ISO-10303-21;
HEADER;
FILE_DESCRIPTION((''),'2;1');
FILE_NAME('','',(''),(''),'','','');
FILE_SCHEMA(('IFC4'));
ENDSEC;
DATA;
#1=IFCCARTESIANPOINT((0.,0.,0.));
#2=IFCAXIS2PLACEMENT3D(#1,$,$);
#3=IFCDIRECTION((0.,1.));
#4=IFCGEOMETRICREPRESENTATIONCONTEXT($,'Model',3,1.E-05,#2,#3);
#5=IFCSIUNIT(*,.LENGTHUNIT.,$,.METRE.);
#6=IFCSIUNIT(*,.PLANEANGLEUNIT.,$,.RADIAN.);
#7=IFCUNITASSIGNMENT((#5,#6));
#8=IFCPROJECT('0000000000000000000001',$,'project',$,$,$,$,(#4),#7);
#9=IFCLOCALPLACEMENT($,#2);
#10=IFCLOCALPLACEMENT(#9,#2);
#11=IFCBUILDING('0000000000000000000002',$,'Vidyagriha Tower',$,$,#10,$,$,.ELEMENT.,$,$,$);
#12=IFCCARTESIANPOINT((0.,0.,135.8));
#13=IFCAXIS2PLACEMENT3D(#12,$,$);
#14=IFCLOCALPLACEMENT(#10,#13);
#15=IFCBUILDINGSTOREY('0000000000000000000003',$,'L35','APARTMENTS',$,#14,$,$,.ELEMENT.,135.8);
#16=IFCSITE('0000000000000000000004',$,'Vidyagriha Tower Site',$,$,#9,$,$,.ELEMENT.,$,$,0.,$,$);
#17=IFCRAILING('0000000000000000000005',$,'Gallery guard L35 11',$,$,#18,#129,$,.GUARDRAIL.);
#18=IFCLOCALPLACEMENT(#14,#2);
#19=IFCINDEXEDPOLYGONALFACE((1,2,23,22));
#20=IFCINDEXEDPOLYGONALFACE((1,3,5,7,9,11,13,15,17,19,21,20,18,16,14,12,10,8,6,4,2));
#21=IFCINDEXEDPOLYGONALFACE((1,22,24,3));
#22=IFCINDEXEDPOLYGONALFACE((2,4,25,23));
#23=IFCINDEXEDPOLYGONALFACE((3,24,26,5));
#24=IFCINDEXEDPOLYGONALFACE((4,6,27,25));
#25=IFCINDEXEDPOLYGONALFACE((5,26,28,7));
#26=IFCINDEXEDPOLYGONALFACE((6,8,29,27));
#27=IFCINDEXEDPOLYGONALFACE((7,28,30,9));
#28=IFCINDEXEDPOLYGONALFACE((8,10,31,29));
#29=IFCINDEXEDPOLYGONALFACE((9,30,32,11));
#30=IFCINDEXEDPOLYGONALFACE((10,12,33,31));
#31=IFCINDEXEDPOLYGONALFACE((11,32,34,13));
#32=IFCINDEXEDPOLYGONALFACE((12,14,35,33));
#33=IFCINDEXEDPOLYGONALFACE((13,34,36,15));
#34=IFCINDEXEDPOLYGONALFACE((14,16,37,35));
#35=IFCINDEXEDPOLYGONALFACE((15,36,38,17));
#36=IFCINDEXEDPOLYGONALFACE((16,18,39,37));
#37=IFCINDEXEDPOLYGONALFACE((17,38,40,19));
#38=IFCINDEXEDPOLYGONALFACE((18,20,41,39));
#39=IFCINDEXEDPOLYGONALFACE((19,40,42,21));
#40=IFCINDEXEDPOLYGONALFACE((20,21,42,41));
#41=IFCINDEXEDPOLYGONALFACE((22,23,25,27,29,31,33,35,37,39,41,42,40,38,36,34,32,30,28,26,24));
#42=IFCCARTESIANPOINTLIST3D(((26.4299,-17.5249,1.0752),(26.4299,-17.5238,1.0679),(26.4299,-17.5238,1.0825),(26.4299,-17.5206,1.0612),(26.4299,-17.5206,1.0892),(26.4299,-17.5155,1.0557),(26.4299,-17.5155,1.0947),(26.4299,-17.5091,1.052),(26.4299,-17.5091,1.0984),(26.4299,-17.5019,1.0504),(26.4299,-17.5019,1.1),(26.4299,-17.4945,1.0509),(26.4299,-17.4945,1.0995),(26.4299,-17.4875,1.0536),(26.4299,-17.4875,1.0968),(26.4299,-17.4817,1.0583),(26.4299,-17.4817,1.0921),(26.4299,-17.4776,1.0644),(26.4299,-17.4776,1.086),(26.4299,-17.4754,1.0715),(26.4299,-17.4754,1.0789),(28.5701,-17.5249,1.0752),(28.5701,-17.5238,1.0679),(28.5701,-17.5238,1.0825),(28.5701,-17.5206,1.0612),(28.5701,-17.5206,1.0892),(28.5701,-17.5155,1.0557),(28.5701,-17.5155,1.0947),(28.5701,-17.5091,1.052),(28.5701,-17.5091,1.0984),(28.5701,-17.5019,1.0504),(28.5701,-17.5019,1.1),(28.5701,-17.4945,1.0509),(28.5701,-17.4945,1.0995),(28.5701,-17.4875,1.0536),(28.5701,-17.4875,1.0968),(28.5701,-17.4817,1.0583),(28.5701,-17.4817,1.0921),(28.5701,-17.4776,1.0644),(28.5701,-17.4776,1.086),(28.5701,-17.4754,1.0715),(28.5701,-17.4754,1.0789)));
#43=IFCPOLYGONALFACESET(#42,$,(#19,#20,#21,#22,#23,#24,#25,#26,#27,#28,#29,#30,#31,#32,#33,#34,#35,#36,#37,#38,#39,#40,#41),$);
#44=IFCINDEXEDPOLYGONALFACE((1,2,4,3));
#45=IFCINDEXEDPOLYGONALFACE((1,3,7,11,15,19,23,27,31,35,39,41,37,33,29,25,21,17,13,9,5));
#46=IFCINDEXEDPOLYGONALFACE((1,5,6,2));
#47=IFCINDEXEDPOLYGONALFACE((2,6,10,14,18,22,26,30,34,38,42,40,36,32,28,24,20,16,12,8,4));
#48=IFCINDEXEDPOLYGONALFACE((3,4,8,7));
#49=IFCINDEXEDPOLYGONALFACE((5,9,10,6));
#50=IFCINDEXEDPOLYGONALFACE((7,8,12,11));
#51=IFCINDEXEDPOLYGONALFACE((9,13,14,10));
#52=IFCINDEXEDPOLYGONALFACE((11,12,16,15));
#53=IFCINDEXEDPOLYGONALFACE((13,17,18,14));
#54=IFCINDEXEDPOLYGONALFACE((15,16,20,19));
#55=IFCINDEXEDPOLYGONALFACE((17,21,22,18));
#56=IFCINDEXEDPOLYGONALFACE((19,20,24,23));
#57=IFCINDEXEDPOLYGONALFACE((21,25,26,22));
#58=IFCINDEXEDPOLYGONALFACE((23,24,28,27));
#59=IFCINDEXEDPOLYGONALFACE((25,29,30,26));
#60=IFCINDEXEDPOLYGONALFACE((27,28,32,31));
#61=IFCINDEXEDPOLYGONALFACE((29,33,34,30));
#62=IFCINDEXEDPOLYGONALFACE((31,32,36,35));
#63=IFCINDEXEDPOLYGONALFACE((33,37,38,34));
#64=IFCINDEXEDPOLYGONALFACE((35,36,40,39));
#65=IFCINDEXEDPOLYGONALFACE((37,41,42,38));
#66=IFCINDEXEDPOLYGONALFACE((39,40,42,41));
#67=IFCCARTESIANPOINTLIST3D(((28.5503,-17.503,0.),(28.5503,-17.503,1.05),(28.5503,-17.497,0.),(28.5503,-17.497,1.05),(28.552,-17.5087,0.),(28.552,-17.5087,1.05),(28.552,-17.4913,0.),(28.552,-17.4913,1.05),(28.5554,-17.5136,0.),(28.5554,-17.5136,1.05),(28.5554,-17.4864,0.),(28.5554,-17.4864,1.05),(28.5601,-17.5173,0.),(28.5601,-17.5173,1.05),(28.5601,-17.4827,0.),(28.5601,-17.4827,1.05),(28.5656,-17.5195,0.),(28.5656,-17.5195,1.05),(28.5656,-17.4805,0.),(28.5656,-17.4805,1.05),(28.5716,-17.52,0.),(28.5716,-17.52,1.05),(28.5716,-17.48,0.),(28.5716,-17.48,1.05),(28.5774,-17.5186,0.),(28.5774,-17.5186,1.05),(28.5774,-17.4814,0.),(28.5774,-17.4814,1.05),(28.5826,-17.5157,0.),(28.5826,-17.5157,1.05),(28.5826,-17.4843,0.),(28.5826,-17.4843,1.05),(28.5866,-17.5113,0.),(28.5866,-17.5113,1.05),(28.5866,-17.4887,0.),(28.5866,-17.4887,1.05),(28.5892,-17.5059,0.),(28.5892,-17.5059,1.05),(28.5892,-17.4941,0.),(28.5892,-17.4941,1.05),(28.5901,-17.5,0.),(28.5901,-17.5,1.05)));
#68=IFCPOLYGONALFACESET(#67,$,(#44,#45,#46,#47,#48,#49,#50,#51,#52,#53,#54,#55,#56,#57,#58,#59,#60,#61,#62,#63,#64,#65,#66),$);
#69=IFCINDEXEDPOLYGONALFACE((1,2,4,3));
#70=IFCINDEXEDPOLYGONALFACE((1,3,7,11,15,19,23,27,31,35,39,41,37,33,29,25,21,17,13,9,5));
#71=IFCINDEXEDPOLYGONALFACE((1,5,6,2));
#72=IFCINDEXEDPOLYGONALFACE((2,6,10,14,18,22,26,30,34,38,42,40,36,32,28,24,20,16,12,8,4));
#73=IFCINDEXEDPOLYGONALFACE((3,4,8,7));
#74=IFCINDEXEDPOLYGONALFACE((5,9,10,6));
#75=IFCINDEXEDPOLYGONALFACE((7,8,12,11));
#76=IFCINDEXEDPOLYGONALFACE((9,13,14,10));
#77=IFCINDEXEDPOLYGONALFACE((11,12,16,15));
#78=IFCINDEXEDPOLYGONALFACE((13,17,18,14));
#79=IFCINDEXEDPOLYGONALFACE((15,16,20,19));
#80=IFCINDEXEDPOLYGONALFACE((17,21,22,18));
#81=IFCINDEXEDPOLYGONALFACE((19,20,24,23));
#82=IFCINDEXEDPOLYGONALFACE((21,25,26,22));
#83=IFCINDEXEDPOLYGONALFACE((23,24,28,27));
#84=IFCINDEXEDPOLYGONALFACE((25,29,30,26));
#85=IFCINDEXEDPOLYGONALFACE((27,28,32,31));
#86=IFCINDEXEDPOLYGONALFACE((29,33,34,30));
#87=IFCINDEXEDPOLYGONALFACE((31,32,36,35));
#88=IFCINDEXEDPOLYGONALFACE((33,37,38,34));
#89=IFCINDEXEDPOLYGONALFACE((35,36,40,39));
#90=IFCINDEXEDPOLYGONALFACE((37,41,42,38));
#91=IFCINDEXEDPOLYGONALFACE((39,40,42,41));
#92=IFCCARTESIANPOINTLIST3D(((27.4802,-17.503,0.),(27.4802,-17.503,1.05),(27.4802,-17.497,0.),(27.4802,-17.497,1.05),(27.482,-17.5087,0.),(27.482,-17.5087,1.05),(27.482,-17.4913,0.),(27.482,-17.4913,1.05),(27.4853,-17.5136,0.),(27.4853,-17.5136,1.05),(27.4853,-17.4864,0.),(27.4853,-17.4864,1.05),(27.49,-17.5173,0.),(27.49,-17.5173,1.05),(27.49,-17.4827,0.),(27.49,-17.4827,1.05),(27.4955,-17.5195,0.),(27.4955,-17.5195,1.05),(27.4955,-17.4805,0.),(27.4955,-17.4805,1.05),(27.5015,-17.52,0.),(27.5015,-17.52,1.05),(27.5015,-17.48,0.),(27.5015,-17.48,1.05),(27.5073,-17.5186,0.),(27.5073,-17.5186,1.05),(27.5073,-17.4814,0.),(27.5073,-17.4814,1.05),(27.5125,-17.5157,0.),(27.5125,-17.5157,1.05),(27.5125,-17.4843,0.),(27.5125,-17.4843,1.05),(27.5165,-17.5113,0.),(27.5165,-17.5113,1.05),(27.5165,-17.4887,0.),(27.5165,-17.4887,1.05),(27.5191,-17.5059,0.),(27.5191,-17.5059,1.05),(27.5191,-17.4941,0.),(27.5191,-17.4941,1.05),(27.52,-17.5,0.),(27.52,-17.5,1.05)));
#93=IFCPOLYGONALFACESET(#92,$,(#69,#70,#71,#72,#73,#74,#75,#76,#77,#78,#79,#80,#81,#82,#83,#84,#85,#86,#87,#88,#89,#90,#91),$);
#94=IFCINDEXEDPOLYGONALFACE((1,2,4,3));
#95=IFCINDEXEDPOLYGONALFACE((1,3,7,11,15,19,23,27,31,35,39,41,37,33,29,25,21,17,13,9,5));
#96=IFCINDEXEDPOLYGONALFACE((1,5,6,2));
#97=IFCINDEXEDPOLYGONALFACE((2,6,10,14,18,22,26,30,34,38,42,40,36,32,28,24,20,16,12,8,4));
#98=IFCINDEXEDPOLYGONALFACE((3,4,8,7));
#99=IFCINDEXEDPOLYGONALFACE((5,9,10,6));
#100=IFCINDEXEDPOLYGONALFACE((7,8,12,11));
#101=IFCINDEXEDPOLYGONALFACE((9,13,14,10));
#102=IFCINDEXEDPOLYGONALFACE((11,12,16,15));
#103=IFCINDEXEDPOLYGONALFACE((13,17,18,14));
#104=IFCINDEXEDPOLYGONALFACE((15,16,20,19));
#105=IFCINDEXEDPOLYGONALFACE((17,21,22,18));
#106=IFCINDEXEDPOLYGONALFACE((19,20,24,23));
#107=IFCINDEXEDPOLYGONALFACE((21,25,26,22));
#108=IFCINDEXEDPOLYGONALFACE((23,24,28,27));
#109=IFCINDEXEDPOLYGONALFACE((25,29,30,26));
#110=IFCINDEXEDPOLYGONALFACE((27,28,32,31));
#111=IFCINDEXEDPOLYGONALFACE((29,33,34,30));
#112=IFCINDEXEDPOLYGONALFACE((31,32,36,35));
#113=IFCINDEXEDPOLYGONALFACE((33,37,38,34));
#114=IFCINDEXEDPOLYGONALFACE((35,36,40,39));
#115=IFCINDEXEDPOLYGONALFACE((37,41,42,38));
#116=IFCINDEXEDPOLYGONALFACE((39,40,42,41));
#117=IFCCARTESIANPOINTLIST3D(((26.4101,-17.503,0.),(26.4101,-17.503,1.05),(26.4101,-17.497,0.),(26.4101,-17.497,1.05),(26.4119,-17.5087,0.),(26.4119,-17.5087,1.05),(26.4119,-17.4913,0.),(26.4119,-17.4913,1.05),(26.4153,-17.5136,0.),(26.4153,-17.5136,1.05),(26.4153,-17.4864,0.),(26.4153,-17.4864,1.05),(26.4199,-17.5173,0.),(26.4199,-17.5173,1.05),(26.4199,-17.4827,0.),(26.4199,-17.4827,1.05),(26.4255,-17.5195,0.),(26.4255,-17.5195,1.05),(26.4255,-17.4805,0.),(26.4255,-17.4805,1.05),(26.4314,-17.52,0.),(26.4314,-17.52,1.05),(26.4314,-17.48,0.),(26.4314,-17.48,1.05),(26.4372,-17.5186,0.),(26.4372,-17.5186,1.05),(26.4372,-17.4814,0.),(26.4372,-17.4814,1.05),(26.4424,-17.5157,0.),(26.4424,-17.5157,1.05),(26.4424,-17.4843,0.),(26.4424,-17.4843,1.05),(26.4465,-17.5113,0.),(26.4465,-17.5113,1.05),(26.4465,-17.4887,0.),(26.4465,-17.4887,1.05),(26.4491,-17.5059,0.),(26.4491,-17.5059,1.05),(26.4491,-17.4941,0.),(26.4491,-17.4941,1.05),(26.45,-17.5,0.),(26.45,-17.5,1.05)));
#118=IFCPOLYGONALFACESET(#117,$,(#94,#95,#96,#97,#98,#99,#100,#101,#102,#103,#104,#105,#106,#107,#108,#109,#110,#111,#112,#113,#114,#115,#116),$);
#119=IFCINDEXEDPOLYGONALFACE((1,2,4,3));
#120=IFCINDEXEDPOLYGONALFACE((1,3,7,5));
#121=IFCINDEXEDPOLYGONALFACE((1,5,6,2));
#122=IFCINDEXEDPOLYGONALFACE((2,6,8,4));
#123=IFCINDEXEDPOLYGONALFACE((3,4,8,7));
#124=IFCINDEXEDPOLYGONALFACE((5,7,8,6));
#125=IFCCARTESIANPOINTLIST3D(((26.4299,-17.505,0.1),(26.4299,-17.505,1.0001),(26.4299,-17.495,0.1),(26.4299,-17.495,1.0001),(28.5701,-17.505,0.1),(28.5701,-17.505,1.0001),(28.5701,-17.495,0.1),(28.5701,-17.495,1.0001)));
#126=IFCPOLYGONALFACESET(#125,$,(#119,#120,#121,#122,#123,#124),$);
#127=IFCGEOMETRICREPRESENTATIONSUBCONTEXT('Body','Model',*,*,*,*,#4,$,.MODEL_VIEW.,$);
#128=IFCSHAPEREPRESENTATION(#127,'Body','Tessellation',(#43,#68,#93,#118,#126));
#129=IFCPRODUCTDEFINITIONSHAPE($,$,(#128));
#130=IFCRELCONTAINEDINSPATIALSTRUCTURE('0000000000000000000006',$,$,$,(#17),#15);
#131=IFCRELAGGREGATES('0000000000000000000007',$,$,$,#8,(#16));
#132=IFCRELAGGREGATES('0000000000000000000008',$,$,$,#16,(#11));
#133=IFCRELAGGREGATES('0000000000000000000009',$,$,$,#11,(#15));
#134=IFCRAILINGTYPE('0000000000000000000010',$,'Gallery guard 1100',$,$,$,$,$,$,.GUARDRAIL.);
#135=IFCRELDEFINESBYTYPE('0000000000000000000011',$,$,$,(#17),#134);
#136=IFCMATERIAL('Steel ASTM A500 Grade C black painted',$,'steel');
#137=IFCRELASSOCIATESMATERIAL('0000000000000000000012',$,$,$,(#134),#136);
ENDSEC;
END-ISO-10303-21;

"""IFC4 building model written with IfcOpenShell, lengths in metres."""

from ifc_helpers import new_model, si_unit, direction, frame, origin, origin_2d, place, context, subcontext, project, spatial, rectangle, circle, extrude, material, type_object, element, save


model = new_model("IFC4")

# Units and contexts
model_context = context("Model", 3, precision=1e-05, world=origin(), true_north=direction((0.0, 1.0)))
body_context = subcontext(model_context, "Body", "Model", "MODEL_VIEW")
ifc_project = project(units=[si_unit("LENGTHUNIT", "METRE"), si_unit("PLANEANGLEUNIT", "RADIAN")], contexts=[model_context])

# Site, building, storey
site_placement = place(None, origin())
site = spatial("IfcSite", under=ifc_project, at=site_placement, Name="Vidyagriha Tower Site", CompositionType="ELEMENT", RefElevation=0.0)
building_placement = place(site_placement, origin())
building = spatial("IfcBuilding", under=site, at=building_placement, Name="Vidyagriha Tower", CompositionType="ELEMENT")
storey_placement = place(building_placement, frame((0.0, 0.0, 135.8)))
storey = spatial("IfcBuildingStorey", under=building, at=storey_placement, Name="L35", Description="APARTMENTS", CompositionType="ELEMENT", Elevation=135.8)

# Railing
ifc_material_1 = material(Name="Steel ASTM A500 Grade C black painted", Category="steel")
railing_type = type_object("IfcRailingType", Name="Gallery guard 1100", PredefinedType="GUARDRAIL", material=ifc_material_1)
railing_1_placement = place(storey_placement, frame((28.5701, -17.5, 0.0)))
element("IfcRailing", 1, at=railing_1_placement, inside=storey, type_object=railing_type, Name="Gallery guard L35 11", PredefinedType="GUARDRAIL", context=body_context, shape_type="SweptSolid", body=[
    extrude(circle(Radius=0.0249, at=origin_2d()), frame((0.0, 0.0, 1.0752), z_axis=(-1.0, 0.0, 0.0), x_axis=(0.0, -1.0, 0.0)), (0.0, 0.0, 1.0), 2.1401),
    extrude(circle(Radius=0.02, at=origin_2d()), origin(), (0.0, 0.0, 1.0), 1.05),
    extrude(circle(Radius=0.02, at=origin_2d()), frame((-1.0701, 0.0, 0.0)), (0.0, 0.0, 1.0), 1.05),
    extrude(circle(Radius=0.02, at=origin_2d()), frame((-2.1401, 0.0, 0.0)), (0.0, 0.0, 1.0), 1.05),
    extrude(rectangle(XDim=0.01, YDim=0.9001, at=origin_2d()), frame((0.0, 0.0, 0.55), z_axis=(-1.0, 0.0, 0.0), x_axis=(0.0, -1.0, 0.0)), (0.0, 0.0, 1.0), 2.1401),
])

save(model, "model.ifc")
